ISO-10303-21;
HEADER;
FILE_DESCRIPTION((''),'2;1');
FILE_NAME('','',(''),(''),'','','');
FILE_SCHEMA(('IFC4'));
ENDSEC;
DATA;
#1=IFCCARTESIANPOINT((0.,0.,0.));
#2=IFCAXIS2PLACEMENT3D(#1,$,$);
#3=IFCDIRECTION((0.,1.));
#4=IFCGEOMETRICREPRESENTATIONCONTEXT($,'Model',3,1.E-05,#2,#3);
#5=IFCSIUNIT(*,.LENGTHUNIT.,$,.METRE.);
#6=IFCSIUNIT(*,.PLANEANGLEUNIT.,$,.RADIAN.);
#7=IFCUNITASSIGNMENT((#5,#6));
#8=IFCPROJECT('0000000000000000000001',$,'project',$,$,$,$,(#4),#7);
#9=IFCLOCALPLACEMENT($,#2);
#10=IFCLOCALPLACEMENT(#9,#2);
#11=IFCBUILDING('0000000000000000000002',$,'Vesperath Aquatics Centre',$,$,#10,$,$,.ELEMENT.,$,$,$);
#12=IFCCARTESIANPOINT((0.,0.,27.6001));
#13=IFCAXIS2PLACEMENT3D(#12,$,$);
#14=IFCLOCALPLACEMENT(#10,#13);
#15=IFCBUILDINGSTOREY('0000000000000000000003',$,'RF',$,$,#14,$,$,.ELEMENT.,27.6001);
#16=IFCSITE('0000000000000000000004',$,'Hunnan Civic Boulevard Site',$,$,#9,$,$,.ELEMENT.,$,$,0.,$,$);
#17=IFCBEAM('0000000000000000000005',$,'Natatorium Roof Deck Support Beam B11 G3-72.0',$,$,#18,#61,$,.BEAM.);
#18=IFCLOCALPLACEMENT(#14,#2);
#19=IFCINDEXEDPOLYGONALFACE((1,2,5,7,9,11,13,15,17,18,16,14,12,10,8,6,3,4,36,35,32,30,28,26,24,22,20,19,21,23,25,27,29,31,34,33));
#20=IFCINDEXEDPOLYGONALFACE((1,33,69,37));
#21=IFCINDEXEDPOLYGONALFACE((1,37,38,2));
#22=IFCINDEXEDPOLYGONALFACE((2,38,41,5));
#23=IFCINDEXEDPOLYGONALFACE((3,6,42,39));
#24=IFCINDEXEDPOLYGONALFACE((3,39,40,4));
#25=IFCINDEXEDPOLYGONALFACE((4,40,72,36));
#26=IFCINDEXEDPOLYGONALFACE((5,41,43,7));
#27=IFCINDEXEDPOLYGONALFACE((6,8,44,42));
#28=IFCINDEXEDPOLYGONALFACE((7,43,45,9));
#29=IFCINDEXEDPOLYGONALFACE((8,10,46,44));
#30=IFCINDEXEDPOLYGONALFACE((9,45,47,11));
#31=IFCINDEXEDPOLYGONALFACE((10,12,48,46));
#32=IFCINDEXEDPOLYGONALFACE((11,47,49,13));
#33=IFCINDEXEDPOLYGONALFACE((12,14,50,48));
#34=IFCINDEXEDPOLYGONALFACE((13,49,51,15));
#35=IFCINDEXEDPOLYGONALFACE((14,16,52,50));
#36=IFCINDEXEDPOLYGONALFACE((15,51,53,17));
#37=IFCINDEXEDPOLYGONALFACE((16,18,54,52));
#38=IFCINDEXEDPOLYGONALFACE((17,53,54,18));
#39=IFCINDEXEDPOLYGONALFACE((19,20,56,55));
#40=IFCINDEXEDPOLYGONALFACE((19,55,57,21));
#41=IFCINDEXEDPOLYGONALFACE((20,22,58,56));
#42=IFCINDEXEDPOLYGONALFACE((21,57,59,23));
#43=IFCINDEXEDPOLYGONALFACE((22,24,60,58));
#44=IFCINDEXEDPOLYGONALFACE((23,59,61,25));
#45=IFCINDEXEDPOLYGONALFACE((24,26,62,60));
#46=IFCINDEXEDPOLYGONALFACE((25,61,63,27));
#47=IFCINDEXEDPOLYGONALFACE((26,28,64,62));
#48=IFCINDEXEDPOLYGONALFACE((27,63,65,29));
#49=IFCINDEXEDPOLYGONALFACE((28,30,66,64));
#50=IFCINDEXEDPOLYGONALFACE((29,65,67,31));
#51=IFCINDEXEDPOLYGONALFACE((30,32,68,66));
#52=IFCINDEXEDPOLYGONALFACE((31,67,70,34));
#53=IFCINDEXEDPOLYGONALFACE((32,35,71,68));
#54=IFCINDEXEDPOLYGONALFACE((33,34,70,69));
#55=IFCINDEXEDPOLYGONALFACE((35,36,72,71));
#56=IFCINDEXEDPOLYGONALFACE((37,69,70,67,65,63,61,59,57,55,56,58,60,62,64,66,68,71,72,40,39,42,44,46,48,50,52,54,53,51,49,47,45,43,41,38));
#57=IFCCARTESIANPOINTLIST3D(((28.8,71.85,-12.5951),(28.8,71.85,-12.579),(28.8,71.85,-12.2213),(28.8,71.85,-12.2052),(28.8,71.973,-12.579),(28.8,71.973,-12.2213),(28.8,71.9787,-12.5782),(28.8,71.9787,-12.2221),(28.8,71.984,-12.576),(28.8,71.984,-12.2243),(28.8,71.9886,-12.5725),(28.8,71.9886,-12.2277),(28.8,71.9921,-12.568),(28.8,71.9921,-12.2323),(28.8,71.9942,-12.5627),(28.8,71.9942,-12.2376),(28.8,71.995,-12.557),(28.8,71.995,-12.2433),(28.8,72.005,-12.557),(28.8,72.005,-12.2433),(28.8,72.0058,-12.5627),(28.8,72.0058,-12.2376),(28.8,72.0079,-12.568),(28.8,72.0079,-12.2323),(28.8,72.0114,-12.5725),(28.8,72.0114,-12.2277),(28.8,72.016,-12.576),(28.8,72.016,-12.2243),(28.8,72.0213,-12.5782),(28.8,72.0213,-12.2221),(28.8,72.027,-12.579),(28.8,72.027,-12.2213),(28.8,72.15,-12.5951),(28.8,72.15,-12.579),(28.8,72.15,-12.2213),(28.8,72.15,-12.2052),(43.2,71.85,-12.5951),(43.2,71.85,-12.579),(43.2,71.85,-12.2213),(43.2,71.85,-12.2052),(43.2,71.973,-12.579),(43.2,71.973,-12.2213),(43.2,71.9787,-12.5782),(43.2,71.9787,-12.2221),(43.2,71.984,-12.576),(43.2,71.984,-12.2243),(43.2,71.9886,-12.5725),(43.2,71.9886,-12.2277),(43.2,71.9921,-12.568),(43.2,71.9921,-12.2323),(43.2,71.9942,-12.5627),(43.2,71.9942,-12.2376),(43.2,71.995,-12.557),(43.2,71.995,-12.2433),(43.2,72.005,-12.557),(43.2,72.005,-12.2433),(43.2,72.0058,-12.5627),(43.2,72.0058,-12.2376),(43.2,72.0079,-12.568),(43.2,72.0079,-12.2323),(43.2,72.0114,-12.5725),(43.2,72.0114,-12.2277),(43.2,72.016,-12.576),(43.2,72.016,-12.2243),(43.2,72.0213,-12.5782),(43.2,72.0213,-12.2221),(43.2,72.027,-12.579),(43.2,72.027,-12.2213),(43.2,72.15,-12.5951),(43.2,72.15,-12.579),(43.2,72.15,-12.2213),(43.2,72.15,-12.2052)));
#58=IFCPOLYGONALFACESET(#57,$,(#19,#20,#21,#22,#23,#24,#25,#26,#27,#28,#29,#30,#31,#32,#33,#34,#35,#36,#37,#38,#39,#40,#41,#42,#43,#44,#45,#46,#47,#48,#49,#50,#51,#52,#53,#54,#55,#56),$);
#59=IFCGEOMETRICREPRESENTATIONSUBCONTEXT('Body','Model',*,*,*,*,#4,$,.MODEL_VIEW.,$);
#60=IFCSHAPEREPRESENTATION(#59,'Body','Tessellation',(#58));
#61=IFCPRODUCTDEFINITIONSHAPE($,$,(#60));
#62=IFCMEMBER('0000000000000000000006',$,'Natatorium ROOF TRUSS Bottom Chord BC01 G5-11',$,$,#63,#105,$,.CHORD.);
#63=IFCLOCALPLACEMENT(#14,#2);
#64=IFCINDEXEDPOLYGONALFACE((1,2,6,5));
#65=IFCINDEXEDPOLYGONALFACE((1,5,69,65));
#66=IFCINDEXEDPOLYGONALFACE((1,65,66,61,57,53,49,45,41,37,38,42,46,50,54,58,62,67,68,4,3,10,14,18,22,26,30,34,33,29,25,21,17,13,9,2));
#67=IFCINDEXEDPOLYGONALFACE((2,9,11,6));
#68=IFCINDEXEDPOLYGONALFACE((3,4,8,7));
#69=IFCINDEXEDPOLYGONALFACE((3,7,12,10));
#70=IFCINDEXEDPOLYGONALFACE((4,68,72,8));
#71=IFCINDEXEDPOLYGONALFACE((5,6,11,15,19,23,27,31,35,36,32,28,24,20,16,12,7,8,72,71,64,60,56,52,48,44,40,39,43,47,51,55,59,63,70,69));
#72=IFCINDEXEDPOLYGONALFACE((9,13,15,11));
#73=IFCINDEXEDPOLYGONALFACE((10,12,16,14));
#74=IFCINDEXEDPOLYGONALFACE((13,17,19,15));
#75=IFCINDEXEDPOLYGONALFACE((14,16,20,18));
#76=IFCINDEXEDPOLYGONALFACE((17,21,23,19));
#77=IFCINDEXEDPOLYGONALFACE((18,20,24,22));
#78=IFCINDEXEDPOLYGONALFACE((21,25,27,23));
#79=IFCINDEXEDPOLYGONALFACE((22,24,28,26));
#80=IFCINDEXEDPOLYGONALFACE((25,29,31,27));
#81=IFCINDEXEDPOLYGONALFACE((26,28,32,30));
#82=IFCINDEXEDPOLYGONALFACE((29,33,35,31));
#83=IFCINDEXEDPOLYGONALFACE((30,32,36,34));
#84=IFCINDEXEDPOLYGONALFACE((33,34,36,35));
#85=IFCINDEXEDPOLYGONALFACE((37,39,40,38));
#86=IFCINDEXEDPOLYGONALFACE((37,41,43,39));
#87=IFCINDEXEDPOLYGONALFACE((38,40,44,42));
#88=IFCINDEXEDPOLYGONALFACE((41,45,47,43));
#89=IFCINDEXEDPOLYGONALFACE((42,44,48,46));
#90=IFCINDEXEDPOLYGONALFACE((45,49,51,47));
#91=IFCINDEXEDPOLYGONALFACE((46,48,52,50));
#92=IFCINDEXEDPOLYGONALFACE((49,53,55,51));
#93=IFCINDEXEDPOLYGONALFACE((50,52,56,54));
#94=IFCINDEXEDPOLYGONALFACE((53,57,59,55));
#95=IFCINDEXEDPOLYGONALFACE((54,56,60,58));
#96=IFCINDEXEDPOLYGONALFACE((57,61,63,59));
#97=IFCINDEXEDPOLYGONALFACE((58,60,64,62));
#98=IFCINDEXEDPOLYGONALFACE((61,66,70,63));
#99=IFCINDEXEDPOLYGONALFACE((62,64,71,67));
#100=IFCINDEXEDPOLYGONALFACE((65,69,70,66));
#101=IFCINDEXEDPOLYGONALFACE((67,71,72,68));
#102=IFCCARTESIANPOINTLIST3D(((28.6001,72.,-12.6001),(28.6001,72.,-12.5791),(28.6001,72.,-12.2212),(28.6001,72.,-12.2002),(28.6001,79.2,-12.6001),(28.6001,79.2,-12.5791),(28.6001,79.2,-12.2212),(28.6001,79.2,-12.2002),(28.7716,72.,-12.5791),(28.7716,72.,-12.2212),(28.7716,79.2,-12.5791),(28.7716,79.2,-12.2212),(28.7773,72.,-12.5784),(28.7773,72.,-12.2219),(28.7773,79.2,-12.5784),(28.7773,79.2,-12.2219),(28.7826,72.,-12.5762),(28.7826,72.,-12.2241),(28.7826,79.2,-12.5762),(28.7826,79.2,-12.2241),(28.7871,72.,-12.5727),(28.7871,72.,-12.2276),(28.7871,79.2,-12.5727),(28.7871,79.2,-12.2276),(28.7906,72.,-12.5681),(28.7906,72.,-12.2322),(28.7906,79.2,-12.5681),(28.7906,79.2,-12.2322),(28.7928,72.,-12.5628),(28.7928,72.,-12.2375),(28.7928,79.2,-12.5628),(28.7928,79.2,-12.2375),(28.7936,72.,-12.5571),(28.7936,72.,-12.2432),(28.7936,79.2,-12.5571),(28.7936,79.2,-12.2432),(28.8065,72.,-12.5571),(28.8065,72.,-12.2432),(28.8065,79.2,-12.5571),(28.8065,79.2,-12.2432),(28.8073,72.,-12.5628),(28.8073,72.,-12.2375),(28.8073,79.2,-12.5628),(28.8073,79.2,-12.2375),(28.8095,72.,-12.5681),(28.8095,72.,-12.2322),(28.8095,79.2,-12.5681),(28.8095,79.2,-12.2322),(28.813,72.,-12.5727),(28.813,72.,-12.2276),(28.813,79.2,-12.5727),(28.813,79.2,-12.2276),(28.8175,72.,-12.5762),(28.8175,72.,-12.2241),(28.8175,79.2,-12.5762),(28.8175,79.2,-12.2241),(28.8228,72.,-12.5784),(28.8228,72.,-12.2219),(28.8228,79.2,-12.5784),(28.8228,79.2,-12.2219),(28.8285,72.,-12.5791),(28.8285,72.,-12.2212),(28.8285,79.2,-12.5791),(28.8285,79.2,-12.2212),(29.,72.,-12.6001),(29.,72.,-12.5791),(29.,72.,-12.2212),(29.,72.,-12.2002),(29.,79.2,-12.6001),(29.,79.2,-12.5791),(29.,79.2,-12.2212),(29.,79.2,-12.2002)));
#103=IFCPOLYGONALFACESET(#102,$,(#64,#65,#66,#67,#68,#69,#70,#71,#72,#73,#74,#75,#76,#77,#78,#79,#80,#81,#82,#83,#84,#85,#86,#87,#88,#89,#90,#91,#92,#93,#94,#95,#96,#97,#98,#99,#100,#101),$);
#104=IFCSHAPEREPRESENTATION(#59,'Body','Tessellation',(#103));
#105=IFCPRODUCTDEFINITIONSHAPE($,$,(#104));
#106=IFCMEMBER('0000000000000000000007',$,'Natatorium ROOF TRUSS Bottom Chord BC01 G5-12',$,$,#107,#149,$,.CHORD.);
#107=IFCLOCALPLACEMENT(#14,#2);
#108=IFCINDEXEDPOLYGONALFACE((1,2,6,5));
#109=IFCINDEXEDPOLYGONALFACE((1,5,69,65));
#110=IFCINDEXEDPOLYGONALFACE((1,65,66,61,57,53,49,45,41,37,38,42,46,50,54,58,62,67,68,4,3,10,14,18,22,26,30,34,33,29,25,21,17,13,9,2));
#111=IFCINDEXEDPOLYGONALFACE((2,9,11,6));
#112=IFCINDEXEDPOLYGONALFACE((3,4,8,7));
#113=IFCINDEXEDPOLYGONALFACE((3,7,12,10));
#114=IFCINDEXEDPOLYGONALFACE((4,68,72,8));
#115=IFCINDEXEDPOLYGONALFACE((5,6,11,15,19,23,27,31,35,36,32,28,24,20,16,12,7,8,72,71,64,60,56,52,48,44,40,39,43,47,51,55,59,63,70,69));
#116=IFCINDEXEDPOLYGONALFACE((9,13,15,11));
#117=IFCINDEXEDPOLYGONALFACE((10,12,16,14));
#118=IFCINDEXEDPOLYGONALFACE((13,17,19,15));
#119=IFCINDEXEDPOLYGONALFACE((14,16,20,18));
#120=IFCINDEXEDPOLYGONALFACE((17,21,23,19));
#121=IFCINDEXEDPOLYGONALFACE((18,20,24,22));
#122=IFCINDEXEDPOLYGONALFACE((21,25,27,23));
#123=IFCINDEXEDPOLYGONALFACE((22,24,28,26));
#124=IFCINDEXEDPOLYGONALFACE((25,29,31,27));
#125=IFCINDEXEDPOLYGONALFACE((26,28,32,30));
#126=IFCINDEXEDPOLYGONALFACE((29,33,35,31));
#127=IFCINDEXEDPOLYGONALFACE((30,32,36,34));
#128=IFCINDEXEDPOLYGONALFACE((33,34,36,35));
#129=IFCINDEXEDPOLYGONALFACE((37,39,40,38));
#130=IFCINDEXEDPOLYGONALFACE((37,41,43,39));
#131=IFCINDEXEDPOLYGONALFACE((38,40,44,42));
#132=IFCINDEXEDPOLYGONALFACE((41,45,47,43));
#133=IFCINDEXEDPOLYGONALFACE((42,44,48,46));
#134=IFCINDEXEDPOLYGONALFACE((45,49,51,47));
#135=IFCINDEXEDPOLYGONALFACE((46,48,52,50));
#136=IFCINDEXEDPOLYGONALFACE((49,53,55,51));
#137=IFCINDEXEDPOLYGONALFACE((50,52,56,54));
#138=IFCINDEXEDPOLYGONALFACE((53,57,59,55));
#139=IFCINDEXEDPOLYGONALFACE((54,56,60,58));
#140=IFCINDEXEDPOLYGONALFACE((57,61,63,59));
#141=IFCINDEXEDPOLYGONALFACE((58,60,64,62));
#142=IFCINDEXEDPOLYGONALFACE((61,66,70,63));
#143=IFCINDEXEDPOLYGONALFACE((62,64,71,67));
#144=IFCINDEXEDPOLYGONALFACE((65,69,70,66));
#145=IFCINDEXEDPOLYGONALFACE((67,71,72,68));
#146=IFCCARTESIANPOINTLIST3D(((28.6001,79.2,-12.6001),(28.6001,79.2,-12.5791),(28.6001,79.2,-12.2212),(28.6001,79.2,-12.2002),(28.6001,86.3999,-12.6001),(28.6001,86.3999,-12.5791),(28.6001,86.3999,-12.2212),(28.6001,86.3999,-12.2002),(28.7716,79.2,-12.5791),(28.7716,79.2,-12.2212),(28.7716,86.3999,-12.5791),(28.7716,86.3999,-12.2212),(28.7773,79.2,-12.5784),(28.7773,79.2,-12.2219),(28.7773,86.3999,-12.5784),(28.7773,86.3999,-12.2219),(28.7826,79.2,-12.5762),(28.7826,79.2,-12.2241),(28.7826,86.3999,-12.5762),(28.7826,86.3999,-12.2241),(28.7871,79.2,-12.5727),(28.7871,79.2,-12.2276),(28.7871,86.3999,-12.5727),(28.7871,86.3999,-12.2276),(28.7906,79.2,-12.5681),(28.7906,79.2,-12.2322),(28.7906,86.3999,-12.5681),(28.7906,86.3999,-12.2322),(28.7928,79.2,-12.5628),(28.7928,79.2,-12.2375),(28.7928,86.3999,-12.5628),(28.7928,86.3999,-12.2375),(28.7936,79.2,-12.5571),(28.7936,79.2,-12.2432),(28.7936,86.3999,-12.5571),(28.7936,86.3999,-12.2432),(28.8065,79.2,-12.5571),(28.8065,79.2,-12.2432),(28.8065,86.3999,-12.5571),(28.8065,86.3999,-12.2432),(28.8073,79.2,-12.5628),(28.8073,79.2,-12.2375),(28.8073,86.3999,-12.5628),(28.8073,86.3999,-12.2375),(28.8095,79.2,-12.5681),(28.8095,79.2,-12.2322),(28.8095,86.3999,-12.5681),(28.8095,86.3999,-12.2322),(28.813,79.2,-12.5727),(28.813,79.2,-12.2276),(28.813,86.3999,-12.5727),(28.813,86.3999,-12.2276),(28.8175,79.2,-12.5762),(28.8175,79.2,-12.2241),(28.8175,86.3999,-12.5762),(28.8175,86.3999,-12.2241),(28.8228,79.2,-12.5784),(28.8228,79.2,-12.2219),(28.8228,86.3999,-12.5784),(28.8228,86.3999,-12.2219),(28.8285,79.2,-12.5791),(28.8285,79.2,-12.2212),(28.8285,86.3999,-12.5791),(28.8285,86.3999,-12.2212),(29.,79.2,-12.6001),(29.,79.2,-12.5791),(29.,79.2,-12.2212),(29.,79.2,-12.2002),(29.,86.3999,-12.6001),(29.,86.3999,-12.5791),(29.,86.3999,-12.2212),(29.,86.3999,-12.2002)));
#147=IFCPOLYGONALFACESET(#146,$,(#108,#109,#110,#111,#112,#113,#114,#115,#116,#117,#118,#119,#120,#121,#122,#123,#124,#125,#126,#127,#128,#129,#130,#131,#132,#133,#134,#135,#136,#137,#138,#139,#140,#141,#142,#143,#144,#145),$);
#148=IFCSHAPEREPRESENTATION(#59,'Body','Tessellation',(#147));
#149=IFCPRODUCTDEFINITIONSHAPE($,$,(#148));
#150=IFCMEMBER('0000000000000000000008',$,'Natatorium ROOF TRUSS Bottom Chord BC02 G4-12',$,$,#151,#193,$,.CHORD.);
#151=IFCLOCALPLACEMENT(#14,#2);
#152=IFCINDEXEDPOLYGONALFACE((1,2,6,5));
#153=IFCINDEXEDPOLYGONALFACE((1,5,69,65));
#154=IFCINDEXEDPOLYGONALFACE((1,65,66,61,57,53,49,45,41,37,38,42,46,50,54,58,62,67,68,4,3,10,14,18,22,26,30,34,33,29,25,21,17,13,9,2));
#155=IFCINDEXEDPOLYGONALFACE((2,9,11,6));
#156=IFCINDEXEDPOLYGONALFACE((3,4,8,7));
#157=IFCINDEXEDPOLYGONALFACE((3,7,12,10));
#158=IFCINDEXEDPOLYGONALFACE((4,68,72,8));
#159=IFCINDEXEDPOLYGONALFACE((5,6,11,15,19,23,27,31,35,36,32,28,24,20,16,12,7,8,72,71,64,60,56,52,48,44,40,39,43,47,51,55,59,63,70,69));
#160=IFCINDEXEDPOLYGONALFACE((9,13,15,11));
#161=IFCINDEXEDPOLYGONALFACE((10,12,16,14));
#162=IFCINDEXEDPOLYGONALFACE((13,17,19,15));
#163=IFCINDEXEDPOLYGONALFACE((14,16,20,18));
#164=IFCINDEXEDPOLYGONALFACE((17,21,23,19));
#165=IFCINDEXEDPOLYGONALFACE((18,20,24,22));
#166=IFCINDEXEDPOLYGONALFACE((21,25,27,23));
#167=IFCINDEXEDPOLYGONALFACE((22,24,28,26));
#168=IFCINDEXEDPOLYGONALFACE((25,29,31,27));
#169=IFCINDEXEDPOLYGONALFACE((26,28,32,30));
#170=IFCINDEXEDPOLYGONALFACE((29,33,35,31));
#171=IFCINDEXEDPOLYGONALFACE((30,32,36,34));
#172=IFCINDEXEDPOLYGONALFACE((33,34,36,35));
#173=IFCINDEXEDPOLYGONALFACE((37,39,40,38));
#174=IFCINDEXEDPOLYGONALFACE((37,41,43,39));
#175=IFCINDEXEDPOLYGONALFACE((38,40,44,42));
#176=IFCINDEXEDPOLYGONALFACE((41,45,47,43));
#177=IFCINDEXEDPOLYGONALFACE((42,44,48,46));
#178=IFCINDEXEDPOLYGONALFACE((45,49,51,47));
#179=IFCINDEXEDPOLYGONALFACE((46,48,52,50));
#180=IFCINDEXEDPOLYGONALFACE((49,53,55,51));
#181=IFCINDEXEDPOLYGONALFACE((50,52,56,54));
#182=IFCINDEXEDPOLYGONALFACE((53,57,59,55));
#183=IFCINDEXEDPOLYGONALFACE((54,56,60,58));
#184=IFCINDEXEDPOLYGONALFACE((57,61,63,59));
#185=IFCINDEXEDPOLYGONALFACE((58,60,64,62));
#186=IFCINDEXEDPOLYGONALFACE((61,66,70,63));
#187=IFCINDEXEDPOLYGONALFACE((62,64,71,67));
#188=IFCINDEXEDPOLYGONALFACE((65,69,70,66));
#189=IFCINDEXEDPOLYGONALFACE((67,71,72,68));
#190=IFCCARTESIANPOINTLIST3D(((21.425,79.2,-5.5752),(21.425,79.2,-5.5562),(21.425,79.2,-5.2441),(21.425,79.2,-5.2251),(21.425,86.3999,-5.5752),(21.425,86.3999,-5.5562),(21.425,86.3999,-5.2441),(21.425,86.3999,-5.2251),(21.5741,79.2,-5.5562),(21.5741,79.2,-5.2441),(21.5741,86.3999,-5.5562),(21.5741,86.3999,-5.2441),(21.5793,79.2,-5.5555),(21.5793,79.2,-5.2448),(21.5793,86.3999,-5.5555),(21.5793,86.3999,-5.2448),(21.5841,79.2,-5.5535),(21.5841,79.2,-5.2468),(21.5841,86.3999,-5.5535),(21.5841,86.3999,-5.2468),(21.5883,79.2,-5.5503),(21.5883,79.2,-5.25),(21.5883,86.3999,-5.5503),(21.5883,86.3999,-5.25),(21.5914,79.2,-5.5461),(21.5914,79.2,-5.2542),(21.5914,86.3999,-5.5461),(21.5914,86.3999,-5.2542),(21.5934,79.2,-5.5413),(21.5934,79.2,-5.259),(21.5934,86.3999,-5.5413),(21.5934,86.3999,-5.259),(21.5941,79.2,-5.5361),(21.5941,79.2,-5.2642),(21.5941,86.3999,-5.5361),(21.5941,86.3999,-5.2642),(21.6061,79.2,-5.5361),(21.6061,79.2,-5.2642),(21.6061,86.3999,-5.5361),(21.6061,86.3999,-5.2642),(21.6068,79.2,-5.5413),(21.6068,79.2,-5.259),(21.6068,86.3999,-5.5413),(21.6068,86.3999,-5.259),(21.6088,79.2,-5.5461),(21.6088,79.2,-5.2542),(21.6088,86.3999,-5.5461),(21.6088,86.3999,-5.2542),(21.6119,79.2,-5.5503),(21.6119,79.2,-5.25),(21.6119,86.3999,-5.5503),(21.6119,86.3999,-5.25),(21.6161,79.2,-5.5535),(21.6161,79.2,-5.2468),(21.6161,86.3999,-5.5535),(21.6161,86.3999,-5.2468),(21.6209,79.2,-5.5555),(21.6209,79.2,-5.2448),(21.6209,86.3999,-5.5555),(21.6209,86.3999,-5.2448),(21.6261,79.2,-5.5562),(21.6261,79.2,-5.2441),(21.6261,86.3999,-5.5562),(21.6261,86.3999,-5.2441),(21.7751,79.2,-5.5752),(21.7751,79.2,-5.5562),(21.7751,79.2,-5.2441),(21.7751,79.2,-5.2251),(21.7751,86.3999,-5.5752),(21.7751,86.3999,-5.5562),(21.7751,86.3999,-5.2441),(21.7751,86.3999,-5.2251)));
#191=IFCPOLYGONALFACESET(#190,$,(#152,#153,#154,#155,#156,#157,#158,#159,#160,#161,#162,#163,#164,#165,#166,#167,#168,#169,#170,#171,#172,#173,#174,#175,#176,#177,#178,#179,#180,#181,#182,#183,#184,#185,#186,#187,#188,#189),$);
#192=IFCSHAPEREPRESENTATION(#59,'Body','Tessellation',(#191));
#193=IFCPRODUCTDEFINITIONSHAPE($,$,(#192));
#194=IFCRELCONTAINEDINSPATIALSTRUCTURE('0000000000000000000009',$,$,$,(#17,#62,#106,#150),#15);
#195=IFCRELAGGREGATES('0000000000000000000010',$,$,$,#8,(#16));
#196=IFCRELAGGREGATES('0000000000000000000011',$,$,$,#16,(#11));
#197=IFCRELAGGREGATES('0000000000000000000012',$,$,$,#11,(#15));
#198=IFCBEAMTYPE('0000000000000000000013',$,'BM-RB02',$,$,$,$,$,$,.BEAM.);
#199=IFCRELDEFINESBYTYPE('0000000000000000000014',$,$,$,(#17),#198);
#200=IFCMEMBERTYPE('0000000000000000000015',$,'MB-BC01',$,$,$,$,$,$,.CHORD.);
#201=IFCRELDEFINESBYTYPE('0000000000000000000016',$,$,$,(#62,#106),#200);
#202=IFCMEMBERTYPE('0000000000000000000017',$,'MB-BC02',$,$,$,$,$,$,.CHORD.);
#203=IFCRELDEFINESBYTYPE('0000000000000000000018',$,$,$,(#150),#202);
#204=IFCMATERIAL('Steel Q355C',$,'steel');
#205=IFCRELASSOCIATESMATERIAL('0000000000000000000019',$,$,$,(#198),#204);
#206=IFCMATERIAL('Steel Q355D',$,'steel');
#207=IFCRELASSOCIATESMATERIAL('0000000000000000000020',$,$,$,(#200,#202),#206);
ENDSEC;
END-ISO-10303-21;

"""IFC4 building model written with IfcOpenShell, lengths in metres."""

from ifc_helpers import new_model, si_unit, direction, frame, origin, origin_2d, place, context, subcontext, project, spatial, i_section, extrude, material, material_profile, profile_set, type_object, element, save


model = new_model("IFC4")

# Units and contexts
model_context = context("Model", 3, precision=1e-05, world=origin(), true_north=direction((0.0, 1.0)))
body_context = subcontext(model_context, "Body", "Model", "MODEL_VIEW")
ifc_project = project(units=[si_unit("LENGTHUNIT", "METRE"), si_unit("PLANEANGLEUNIT", "RADIAN")], contexts=[model_context])

# Site, building, storey
site_placement = place(None, origin())
site = spatial("IfcSite", under=ifc_project, at=site_placement, Name="Hunnan Civic Boulevard Site", CompositionType="ELEMENT", RefElevation=0.0)
building_placement = place(site_placement, origin())
building = spatial("IfcBuilding", under=site, at=building_placement, Name="Vesperath Aquatics Centre", CompositionType="ELEMENT")
storey_placement = place(building_placement, frame((0.0, 0.0, 27.6001)))
storey = spatial("IfcBuildingStorey", under=building, at=storey_placement, Name="RF", CompositionType="ELEMENT", Elevation=27.6001)

# Beam
ifc_material_1 = material(Name="Steel Q355C", Category="steel")
ifc_material_profile_1 = material_profile(ifc_material_1, i_section(OverallWidth=0.3, OverallDepth=0.3899, WebThickness=0.01, FlangeThickness=0.0161, FilletRadius=0.022, at=origin_2d()), Name="HM 390x300x10x16")
ifc_profile_set_1 = profile_set([ifc_material_profile_1], Name="Steel Q355C")
beam_type = type_object("IfcBeamType", Name="BM-RB02", PredefinedType="BEAM", material=ifc_profile_set_1)
beam_placement = place(storey_placement, frame((28.8, 72.0, -12.4001), z_axis=(1.0, 0.0, 0.0), x_axis=(0.0, 1.0, 0.0)))
element("IfcBeam", 1, at=beam_placement, inside=storey, type_object=beam_type, Name="Natatorium Roof Deck Support Beam B11 G3-72.0", PredefinedType="BEAM", context=body_context, shape_type="SweptSolid", body=[
    extrude(i_section(OverallWidth=0.3, OverallDepth=0.3899, WebThickness=0.01, FlangeThickness=0.0161, FilletRadius=0.022, at=origin_2d()), origin(), (0.0, 0.0, 1.0), 14.3999),
])

# Members
ifc_material_2 = material(Name="Steel Q355D", Category="steel")
ifc_material_profile_2 = material_profile(ifc_material_2, i_section(OverallWidth=0.3999, OverallDepth=0.3999, WebThickness=0.0129, FlangeThickness=0.021, FilletRadius=0.022, at=origin_2d()), Name="HW 400x400x13x21")
ifc_profile_set_2 = profile_set([ifc_material_profile_2], Name="Steel Q355D")
member_type_1 = type_object("IfcMemberType", Name="MB-BC01", PredefinedType="CHORD", material=ifc_profile_set_2)
for number, where, z_axis, x_axis, name in (
    (2, (28.8, 72.0, -12.4001), (0.0, 1.0, 0.0), (-1.0, 0.0, 0.0), "Natatorium ROOF TRUSS Bottom Chord BC01 G5-11"),
    (3, (28.8, 79.2, -12.4001), (0.0, 1.0, 0.0), (-1.0, 0.0, 0.0), "Natatorium ROOF TRUSS Bottom Chord BC01 G5-12"),
):
    element("IfcMember", number, at=place(storey_placement, frame(where, z_axis=z_axis, x_axis=x_axis)), inside=storey, type_object=member_type_1, Name=name, PredefinedType="CHORD", context=body_context, shape_type="SweptSolid", body=[
        extrude(i_section(OverallWidth=0.3999, OverallDepth=0.3999, WebThickness=0.0129, FlangeThickness=0.021, FilletRadius=0.022, at=origin_2d()), origin(), (0.0, 0.0, 1.0), 7.2),
    ])
ifc_material_profile_3 = material_profile(ifc_material_2, i_section(OverallWidth=0.3501, OverallDepth=0.3501, WebThickness=0.012, FlangeThickness=0.019, FilletRadius=0.02, at=origin_2d()), Name="HW 350x350x12x19")
ifc_profile_set_3 = profile_set([ifc_material_profile_3], Name="Steel Q355D")
member_type_2 = type_object("IfcMemberType", Name="MB-BC02", PredefinedType="CHORD", material=ifc_profile_set_3)
member_1_placement = place(storey_placement, frame((21.6001, 79.2, -5.4001), z_axis=(0.0, 1.0, 0.0), x_axis=(-1.0, 0.0, 0.0)))
element("IfcMember", 4, at=member_1_placement, inside=storey, type_object=member_type_2, Name="Natatorium ROOF TRUSS Bottom Chord BC02 G4-12", PredefinedType="CHORD", context=body_context, shape_type="SweptSolid", body=[
    extrude(i_section(OverallWidth=0.3501, OverallDepth=0.3501, WebThickness=0.012, FlangeThickness=0.019, FilletRadius=0.02, at=origin_2d()), origin(), (0.0, 0.0, 1.0), 7.2),
])

save(model, "model.ifc")
